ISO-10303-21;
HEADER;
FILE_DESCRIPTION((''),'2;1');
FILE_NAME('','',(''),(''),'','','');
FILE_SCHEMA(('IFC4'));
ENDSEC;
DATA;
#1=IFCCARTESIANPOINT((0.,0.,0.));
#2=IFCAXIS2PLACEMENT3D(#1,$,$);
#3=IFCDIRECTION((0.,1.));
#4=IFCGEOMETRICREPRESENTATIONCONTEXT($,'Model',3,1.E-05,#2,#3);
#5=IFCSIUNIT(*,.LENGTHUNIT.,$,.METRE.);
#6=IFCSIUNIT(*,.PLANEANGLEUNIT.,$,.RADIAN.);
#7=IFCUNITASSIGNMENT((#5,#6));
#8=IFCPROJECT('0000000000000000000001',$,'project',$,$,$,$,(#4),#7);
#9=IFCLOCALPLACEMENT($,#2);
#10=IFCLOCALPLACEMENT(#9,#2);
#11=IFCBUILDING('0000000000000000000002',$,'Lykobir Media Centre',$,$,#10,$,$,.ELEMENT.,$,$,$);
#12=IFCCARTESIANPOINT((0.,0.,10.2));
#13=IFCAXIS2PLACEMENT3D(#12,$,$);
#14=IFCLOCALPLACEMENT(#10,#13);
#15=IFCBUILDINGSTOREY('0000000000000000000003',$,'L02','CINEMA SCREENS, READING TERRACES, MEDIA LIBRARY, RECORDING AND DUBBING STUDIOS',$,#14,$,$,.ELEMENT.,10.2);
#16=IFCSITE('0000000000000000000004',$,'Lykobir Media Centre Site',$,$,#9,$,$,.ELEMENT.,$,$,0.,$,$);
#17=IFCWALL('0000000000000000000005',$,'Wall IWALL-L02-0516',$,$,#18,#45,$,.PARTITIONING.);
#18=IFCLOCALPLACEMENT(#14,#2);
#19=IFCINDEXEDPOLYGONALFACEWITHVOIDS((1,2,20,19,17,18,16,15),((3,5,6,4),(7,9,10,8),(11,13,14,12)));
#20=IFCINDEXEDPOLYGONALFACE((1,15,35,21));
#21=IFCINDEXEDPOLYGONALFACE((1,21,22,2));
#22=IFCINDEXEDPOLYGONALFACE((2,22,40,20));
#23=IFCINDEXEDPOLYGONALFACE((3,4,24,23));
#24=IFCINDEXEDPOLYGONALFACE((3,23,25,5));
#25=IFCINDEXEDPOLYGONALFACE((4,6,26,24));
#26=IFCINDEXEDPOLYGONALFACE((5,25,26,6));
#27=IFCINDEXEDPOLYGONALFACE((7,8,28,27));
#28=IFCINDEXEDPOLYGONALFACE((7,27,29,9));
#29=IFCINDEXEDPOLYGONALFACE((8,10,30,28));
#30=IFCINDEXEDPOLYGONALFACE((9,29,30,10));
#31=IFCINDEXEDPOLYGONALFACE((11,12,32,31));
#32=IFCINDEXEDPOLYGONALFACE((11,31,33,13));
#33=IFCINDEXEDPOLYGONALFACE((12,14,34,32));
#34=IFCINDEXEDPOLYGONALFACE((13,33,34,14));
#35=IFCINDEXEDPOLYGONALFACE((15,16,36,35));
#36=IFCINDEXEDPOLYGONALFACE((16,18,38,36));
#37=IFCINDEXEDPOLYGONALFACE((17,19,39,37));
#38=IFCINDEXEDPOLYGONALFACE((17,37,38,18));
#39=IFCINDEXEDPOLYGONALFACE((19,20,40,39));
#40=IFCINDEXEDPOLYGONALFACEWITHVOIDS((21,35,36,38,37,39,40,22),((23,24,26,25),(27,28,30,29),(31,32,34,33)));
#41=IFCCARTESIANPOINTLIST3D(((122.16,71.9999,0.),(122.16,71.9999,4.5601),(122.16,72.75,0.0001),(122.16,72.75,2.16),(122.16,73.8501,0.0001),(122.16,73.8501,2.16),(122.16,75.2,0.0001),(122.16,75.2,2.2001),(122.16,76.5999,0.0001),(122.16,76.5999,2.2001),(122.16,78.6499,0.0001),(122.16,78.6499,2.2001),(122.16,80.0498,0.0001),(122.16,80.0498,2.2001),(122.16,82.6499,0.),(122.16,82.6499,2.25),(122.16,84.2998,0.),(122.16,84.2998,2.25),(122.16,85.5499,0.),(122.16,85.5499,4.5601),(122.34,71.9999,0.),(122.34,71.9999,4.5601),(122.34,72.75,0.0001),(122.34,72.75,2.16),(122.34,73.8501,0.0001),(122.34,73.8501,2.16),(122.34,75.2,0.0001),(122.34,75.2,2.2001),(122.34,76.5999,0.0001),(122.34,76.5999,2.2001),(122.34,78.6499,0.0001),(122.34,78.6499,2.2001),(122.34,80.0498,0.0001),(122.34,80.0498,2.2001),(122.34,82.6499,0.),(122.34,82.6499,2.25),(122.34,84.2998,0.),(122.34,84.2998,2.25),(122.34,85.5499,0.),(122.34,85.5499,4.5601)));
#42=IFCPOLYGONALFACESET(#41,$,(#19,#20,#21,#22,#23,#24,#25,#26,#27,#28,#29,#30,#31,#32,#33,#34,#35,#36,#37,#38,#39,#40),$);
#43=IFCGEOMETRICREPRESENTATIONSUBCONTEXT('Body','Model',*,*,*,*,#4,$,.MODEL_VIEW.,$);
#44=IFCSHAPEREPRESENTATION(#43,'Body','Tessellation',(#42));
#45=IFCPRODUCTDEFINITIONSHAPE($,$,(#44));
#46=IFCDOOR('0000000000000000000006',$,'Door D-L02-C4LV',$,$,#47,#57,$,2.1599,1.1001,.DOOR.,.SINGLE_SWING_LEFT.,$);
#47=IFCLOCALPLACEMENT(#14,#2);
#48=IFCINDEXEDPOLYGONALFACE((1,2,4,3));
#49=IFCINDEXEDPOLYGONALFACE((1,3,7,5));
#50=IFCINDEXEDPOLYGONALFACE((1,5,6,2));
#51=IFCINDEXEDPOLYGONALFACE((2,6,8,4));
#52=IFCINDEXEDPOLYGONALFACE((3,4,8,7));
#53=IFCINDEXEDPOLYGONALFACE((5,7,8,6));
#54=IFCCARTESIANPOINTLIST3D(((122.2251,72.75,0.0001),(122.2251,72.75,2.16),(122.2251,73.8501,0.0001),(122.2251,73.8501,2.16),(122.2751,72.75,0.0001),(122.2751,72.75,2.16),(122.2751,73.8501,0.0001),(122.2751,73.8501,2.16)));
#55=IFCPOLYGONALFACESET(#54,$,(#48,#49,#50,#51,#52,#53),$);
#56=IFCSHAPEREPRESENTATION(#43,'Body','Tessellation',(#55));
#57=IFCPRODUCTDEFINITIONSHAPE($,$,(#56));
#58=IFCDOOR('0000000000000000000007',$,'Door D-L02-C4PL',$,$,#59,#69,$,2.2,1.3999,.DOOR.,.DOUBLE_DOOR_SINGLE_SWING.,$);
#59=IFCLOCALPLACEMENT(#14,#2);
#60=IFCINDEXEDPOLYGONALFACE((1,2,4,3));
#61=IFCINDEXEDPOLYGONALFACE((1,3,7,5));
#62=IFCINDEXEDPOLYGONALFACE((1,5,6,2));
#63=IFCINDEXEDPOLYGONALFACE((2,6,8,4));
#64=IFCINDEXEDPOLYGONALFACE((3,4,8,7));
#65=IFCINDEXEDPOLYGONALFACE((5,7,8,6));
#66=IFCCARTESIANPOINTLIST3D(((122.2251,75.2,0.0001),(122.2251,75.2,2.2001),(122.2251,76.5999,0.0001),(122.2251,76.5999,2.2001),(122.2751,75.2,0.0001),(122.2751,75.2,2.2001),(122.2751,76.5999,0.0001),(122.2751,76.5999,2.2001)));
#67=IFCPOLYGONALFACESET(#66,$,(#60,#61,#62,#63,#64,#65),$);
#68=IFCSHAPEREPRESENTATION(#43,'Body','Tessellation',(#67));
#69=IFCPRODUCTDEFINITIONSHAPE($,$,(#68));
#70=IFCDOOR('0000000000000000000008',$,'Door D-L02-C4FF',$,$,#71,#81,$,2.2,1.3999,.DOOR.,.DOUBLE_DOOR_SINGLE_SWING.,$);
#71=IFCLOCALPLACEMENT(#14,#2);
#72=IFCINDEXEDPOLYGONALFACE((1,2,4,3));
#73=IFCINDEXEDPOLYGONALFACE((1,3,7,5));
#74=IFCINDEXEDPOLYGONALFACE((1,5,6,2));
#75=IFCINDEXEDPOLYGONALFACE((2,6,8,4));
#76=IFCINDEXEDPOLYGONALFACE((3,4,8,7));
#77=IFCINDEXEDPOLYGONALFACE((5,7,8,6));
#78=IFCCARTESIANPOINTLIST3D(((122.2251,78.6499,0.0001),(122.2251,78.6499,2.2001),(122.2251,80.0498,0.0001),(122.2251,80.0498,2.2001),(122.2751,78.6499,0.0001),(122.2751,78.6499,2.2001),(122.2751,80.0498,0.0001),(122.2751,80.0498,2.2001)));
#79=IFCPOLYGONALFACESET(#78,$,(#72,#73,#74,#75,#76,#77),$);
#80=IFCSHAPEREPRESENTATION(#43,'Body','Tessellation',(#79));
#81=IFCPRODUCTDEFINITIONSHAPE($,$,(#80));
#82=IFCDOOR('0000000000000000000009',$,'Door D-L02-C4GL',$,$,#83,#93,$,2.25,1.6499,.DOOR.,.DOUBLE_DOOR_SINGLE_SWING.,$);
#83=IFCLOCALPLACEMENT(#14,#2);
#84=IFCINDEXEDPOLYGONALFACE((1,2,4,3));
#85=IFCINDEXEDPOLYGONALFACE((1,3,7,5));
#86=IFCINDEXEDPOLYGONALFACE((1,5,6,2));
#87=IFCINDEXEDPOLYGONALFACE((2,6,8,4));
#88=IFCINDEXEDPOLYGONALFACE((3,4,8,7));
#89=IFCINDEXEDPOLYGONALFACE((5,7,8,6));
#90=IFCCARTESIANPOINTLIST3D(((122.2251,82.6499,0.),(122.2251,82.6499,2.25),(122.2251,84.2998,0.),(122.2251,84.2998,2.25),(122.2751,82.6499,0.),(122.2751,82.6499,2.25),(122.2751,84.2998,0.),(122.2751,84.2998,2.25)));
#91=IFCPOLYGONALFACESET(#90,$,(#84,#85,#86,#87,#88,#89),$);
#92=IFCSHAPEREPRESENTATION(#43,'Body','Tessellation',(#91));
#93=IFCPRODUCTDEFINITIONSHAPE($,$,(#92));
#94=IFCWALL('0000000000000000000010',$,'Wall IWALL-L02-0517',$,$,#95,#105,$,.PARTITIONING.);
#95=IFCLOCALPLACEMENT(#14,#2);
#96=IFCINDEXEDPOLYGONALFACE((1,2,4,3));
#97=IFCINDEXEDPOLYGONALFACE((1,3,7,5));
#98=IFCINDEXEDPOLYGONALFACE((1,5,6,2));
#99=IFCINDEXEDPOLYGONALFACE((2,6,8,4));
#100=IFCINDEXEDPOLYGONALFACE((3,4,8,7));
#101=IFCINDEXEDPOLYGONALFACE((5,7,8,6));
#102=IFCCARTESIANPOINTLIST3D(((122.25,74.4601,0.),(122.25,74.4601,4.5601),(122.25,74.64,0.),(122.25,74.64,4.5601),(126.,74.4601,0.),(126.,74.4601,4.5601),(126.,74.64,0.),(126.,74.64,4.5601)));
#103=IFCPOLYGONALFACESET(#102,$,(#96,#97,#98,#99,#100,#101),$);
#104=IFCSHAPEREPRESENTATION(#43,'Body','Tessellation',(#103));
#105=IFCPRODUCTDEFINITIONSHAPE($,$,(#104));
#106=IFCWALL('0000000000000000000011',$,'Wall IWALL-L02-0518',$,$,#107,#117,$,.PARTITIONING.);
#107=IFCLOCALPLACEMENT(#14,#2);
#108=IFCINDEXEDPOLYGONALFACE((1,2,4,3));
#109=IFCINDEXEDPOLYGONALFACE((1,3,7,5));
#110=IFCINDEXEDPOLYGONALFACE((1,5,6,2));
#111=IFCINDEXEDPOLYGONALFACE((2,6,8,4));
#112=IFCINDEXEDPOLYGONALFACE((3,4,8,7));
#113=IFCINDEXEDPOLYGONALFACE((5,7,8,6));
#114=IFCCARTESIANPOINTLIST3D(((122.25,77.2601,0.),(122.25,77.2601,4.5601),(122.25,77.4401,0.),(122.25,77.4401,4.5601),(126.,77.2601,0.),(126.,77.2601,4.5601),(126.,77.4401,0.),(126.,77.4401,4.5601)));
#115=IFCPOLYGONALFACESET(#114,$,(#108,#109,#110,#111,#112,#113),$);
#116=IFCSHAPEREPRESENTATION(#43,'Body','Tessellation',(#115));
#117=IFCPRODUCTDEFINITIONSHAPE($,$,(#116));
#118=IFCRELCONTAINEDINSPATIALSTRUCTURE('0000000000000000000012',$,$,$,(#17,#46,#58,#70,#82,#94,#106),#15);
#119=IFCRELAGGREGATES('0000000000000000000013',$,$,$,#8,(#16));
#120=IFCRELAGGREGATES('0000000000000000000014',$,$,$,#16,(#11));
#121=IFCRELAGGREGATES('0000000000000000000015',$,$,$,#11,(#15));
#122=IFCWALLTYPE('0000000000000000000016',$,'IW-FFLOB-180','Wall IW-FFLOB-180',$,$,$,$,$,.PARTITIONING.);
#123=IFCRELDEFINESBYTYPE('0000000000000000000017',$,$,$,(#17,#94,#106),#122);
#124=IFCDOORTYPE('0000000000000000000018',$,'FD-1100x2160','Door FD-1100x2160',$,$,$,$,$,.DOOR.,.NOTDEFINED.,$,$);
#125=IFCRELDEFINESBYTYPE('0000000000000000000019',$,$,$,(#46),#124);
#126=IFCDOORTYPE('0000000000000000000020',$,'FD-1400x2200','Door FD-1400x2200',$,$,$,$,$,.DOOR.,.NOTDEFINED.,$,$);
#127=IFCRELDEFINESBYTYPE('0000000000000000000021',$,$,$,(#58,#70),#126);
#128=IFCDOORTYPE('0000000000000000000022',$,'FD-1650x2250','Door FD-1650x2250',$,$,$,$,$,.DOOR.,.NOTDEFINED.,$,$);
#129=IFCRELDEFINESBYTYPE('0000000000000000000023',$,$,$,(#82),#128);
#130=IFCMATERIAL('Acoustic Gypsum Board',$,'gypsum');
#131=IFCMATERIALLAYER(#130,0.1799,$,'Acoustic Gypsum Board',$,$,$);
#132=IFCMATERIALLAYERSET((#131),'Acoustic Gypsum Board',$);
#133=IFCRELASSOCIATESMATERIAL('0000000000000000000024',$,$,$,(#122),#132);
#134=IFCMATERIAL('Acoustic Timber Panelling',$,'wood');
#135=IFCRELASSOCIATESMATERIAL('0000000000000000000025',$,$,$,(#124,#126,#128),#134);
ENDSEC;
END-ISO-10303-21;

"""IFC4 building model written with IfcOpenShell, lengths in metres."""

from ifc_helpers import new_model, si_unit, direction, frame, frame_2d, origin, place, context, subcontext, project, spatial, rectangle, extrude, material, layer, layer_set, type_object, element, fill, save


model = new_model("IFC4")

# Units and contexts
model_context = context("Model", 3, precision=1e-05, world=origin(), true_north=direction((0.0, 1.0)))
body_context = subcontext(model_context, "Body", "Model", "MODEL_VIEW")
ifc_project = project(units=[si_unit("LENGTHUNIT", "METRE"), si_unit("PLANEANGLEUNIT", "RADIAN")], contexts=[model_context])

# Site, building, storey
site_placement = place(None, origin())
site = spatial("IfcSite", under=ifc_project, at=site_placement, Name="Lykobir Media Centre Site", CompositionType="ELEMENT", RefElevation=0.0)
building_placement = place(site_placement, origin())
building = spatial("IfcBuilding", under=site, at=building_placement, Name="Lykobir Media Centre", CompositionType="ELEMENT")
storey_placement = place(building_placement, frame((0.0, 0.0, 10.2)))
storey = spatial("IfcBuildingStorey", under=building, at=storey_placement, Name="L02", Description="CINEMA SCREENS, READING TERRACES, MEDIA LIBRARY, RECORDING AND DUBBING STUDIOS", CompositionType="ELEMENT", Elevation=10.2)

# Shared definitions
ifc_material_1 = material(Name="Acoustic Gypsum Board", Category="gypsum")

# Wall, openings, doors
ifc_layer_1 = layer(ifc_material_1, 0.1799, Name="Acoustic Gypsum Board")
ifc_layer_set_1 = layer_set([ifc_layer_1], Name="Acoustic Gypsum Board")
wall_type_1 = type_object("IfcWallType", Name="IW-FFLOB-180", Description="Wall IW-FFLOB-180", PredefinedType="PARTITIONING", material=ifc_layer_set_1)
wall_1_placement = place(storey_placement, frame((122.25, 72.0, 0.0), z_axis=(0.0, 0.0, 1.0), x_axis=(0.0, 1.0, 0.0)))
wall_1 = element("IfcWall", 1, at=wall_1_placement, inside=storey, type_object=wall_type_1, Name="Wall IWALL-L02-0516", PredefinedType="PARTITIONING", context=body_context, shape_type="SweptSolid", body=[
    extrude(rectangle(XDim=13.55, YDim=0.1799, at=frame_2d((6.7749, 0.0))), origin(), (0.0, 0.0, 1.0), 4.5601),
])
opening_1_placement = place(wall_1_placement, frame((0.75, 0.0, 0.0)))
opening_1 = element("IfcOpeningElement", 2, at=opening_1_placement, cuts=wall_1, PredefinedType="OPENING", context=body_context, shape_type="SweptSolid", body=[
    extrude(rectangle(XDim=1.1001, YDim=2.1599, at=frame_2d((0.55, 1.0801))), frame((0.0, 0.0999, 0.0), z_axis=(0.0, -1.0, 0.0), x_axis=(1.0, 0.0, 0.0)), (0.0, 0.0, 1.0), 0.2),
])
opening_2_placement = place(wall_1_placement, frame((3.2, 0.0, 0.0)))
opening_2 = element("IfcOpeningElement", 3, at=opening_2_placement, cuts=wall_1, PredefinedType="OPENING", context=body_context, shape_type="SweptSolid", body=[
    extrude(rectangle(XDim=1.3999, YDim=2.2, at=frame_2d((0.7, 1.1001))), frame((0.0, 0.0999, 0.0), z_axis=(0.0, -1.0, 0.0), x_axis=(1.0, 0.0, 0.0)), (0.0, 0.0, 1.0), 0.2),
])
opening_3_placement = place(wall_1_placement, frame((6.6499, 0.0, 0.0)))
opening_3 = element("IfcOpeningElement", 4, at=opening_3_placement, cuts=wall_1, PredefinedType="OPENING", context=body_context, shape_type="SweptSolid", body=[
    extrude(rectangle(XDim=1.3999, YDim=2.2, at=frame_2d((0.7, 1.1001))), frame((0.0, 0.0999, 0.0), z_axis=(0.0, -1.0, 0.0), x_axis=(1.0, 0.0, 0.0)), (0.0, 0.0, 1.0), 0.2),
])
opening_4_placement = place(wall_1_placement, frame((10.6499, 0.0, 0.0)))
opening_4 = element("IfcOpeningElement", 5, at=opening_4_placement, cuts=wall_1, PredefinedType="OPENING", context=body_context, shape_type="SweptSolid", body=[
    extrude(rectangle(XDim=1.6499, YDim=2.25, at=frame_2d((0.825, 1.125))), frame((0.0, 0.0999, 0.0), z_axis=(0.0, -1.0, 0.0), x_axis=(1.0, 0.0, 0.0)), (0.0, 0.0, 1.0), 0.2),
])
ifc_material_2 = material(Name="Acoustic Timber Panelling", Category="wood")
door_type_1 = type_object("IfcDoorType", Name="FD-1100x2160", Description="Door FD-1100x2160", OperationType="NOTDEFINED", PredefinedType="DOOR", material=ifc_material_2)
door_1_placement = place(opening_1_placement, origin())
door_1 = element("IfcDoor", 6, at=door_1_placement, inside=storey, type_object=door_type_1, Name="Door D-L02-C4LV", OperationType="SINGLE_SWING_LEFT", OverallHeight=2.1599, OverallWidth=1.1001, PredefinedType="DOOR", context=body_context, shape_type="SweptSolid", body=[
    extrude(rectangle(XDim=1.1001, YDim=2.1599, at=frame_2d((0.55, 1.0801))), frame((0.0, 0.0249, 0.0), z_axis=(0.0, -1.0, 0.0), x_axis=(1.0, 0.0, 0.0)), (0.0, 0.0, 1.0), 0.05),
])
fill(opening_1, door_1)
door_type_2 = type_object("IfcDoorType", Name="FD-1400x2200", Description="Door FD-1400x2200", OperationType="NOTDEFINED", PredefinedType="DOOR", material=ifc_material_2)
door_2_placement = place(opening_2_placement, origin())
door_2 = element("IfcDoor", 7, at=door_2_placement, inside=storey, type_object=door_type_2, Name="Door D-L02-C4PL", OperationType="DOUBLE_DOOR_SINGLE_SWING", OverallHeight=2.2, OverallWidth=1.3999, PredefinedType="DOOR", context=body_context, shape_type="SweptSolid", body=[
    extrude(rectangle(XDim=1.3999, YDim=2.2, at=frame_2d((0.7, 1.1001))), frame((0.0, 0.0249, 0.0), z_axis=(0.0, -1.0, 0.0), x_axis=(1.0, 0.0, 0.0)), (0.0, 0.0, 1.0), 0.05),
])
fill(opening_2, door_2)
door_3_placement = place(opening_3_placement, origin())
door_3 = element("IfcDoor", 8, at=door_3_placement, inside=storey, type_object=door_type_2, Name="Door D-L02-C4FF", OperationType="DOUBLE_DOOR_SINGLE_SWING", OverallHeight=2.2, OverallWidth=1.3999, PredefinedType="DOOR", context=body_context, shape_type="SweptSolid", body=[
    extrude(rectangle(XDim=1.3999, YDim=2.2, at=frame_2d((0.7, 1.1001))), frame((0.0, 0.0249, 0.0), z_axis=(0.0, -1.0, 0.0), x_axis=(1.0, 0.0, 0.0)), (0.0, 0.0, 1.0), 0.05),
])
fill(opening_3, door_3)
door_type_3 = type_object("IfcDoorType", Name="FD-1650x2250", Description="Door FD-1650x2250", OperationType="NOTDEFINED", PredefinedType="DOOR", material=ifc_material_2)
door_4_placement = place(opening_4_placement, origin())
door_4 = element("IfcDoor", 9, at=door_4_placement, inside=storey, type_object=door_type_3, Name="Door D-L02-C4GL", OperationType="DOUBLE_DOOR_SINGLE_SWING", OverallHeight=2.25, OverallWidth=1.6499, PredefinedType="DOOR", context=body_context, shape_type="SweptSolid", body=[
    extrude(rectangle(XDim=1.6499, YDim=2.25, at=frame_2d((0.825, 1.125))), frame((0.0, 0.0249, 0.0), z_axis=(0.0, -1.0, 0.0), x_axis=(1.0, 0.0, 0.0)), (0.0, 0.0, 1.0), 0.05),
])
fill(opening_4, door_4)

# Walls
for number, where, z_axis, x_axis, name in (
    (10, (122.25, 74.55, 0.0), (0.0, 0.0, 1.0), (1.0, 0.0, 0.0), "Wall IWALL-L02-0517"),
    (11, (122.25, 77.3501, 0.0), (0.0, 0.0, 1.0), (1.0, 0.0, 0.0), "Wall IWALL-L02-0518"),
):
    element("IfcWall", number, at=place(storey_placement, frame(where, z_axis=z_axis, x_axis=x_axis)), inside=storey, type_object=wall_type_1, Name=name, PredefinedType="PARTITIONING", context=body_context, shape_type="SweptSolid", body=[
        extrude(rectangle(XDim=3.75, YDim=0.1799, at=frame_2d((1.875, 0.0))), origin(), (0.0, 0.0, 1.0), 4.5601),
    ])

save(model, "model.ifc")
